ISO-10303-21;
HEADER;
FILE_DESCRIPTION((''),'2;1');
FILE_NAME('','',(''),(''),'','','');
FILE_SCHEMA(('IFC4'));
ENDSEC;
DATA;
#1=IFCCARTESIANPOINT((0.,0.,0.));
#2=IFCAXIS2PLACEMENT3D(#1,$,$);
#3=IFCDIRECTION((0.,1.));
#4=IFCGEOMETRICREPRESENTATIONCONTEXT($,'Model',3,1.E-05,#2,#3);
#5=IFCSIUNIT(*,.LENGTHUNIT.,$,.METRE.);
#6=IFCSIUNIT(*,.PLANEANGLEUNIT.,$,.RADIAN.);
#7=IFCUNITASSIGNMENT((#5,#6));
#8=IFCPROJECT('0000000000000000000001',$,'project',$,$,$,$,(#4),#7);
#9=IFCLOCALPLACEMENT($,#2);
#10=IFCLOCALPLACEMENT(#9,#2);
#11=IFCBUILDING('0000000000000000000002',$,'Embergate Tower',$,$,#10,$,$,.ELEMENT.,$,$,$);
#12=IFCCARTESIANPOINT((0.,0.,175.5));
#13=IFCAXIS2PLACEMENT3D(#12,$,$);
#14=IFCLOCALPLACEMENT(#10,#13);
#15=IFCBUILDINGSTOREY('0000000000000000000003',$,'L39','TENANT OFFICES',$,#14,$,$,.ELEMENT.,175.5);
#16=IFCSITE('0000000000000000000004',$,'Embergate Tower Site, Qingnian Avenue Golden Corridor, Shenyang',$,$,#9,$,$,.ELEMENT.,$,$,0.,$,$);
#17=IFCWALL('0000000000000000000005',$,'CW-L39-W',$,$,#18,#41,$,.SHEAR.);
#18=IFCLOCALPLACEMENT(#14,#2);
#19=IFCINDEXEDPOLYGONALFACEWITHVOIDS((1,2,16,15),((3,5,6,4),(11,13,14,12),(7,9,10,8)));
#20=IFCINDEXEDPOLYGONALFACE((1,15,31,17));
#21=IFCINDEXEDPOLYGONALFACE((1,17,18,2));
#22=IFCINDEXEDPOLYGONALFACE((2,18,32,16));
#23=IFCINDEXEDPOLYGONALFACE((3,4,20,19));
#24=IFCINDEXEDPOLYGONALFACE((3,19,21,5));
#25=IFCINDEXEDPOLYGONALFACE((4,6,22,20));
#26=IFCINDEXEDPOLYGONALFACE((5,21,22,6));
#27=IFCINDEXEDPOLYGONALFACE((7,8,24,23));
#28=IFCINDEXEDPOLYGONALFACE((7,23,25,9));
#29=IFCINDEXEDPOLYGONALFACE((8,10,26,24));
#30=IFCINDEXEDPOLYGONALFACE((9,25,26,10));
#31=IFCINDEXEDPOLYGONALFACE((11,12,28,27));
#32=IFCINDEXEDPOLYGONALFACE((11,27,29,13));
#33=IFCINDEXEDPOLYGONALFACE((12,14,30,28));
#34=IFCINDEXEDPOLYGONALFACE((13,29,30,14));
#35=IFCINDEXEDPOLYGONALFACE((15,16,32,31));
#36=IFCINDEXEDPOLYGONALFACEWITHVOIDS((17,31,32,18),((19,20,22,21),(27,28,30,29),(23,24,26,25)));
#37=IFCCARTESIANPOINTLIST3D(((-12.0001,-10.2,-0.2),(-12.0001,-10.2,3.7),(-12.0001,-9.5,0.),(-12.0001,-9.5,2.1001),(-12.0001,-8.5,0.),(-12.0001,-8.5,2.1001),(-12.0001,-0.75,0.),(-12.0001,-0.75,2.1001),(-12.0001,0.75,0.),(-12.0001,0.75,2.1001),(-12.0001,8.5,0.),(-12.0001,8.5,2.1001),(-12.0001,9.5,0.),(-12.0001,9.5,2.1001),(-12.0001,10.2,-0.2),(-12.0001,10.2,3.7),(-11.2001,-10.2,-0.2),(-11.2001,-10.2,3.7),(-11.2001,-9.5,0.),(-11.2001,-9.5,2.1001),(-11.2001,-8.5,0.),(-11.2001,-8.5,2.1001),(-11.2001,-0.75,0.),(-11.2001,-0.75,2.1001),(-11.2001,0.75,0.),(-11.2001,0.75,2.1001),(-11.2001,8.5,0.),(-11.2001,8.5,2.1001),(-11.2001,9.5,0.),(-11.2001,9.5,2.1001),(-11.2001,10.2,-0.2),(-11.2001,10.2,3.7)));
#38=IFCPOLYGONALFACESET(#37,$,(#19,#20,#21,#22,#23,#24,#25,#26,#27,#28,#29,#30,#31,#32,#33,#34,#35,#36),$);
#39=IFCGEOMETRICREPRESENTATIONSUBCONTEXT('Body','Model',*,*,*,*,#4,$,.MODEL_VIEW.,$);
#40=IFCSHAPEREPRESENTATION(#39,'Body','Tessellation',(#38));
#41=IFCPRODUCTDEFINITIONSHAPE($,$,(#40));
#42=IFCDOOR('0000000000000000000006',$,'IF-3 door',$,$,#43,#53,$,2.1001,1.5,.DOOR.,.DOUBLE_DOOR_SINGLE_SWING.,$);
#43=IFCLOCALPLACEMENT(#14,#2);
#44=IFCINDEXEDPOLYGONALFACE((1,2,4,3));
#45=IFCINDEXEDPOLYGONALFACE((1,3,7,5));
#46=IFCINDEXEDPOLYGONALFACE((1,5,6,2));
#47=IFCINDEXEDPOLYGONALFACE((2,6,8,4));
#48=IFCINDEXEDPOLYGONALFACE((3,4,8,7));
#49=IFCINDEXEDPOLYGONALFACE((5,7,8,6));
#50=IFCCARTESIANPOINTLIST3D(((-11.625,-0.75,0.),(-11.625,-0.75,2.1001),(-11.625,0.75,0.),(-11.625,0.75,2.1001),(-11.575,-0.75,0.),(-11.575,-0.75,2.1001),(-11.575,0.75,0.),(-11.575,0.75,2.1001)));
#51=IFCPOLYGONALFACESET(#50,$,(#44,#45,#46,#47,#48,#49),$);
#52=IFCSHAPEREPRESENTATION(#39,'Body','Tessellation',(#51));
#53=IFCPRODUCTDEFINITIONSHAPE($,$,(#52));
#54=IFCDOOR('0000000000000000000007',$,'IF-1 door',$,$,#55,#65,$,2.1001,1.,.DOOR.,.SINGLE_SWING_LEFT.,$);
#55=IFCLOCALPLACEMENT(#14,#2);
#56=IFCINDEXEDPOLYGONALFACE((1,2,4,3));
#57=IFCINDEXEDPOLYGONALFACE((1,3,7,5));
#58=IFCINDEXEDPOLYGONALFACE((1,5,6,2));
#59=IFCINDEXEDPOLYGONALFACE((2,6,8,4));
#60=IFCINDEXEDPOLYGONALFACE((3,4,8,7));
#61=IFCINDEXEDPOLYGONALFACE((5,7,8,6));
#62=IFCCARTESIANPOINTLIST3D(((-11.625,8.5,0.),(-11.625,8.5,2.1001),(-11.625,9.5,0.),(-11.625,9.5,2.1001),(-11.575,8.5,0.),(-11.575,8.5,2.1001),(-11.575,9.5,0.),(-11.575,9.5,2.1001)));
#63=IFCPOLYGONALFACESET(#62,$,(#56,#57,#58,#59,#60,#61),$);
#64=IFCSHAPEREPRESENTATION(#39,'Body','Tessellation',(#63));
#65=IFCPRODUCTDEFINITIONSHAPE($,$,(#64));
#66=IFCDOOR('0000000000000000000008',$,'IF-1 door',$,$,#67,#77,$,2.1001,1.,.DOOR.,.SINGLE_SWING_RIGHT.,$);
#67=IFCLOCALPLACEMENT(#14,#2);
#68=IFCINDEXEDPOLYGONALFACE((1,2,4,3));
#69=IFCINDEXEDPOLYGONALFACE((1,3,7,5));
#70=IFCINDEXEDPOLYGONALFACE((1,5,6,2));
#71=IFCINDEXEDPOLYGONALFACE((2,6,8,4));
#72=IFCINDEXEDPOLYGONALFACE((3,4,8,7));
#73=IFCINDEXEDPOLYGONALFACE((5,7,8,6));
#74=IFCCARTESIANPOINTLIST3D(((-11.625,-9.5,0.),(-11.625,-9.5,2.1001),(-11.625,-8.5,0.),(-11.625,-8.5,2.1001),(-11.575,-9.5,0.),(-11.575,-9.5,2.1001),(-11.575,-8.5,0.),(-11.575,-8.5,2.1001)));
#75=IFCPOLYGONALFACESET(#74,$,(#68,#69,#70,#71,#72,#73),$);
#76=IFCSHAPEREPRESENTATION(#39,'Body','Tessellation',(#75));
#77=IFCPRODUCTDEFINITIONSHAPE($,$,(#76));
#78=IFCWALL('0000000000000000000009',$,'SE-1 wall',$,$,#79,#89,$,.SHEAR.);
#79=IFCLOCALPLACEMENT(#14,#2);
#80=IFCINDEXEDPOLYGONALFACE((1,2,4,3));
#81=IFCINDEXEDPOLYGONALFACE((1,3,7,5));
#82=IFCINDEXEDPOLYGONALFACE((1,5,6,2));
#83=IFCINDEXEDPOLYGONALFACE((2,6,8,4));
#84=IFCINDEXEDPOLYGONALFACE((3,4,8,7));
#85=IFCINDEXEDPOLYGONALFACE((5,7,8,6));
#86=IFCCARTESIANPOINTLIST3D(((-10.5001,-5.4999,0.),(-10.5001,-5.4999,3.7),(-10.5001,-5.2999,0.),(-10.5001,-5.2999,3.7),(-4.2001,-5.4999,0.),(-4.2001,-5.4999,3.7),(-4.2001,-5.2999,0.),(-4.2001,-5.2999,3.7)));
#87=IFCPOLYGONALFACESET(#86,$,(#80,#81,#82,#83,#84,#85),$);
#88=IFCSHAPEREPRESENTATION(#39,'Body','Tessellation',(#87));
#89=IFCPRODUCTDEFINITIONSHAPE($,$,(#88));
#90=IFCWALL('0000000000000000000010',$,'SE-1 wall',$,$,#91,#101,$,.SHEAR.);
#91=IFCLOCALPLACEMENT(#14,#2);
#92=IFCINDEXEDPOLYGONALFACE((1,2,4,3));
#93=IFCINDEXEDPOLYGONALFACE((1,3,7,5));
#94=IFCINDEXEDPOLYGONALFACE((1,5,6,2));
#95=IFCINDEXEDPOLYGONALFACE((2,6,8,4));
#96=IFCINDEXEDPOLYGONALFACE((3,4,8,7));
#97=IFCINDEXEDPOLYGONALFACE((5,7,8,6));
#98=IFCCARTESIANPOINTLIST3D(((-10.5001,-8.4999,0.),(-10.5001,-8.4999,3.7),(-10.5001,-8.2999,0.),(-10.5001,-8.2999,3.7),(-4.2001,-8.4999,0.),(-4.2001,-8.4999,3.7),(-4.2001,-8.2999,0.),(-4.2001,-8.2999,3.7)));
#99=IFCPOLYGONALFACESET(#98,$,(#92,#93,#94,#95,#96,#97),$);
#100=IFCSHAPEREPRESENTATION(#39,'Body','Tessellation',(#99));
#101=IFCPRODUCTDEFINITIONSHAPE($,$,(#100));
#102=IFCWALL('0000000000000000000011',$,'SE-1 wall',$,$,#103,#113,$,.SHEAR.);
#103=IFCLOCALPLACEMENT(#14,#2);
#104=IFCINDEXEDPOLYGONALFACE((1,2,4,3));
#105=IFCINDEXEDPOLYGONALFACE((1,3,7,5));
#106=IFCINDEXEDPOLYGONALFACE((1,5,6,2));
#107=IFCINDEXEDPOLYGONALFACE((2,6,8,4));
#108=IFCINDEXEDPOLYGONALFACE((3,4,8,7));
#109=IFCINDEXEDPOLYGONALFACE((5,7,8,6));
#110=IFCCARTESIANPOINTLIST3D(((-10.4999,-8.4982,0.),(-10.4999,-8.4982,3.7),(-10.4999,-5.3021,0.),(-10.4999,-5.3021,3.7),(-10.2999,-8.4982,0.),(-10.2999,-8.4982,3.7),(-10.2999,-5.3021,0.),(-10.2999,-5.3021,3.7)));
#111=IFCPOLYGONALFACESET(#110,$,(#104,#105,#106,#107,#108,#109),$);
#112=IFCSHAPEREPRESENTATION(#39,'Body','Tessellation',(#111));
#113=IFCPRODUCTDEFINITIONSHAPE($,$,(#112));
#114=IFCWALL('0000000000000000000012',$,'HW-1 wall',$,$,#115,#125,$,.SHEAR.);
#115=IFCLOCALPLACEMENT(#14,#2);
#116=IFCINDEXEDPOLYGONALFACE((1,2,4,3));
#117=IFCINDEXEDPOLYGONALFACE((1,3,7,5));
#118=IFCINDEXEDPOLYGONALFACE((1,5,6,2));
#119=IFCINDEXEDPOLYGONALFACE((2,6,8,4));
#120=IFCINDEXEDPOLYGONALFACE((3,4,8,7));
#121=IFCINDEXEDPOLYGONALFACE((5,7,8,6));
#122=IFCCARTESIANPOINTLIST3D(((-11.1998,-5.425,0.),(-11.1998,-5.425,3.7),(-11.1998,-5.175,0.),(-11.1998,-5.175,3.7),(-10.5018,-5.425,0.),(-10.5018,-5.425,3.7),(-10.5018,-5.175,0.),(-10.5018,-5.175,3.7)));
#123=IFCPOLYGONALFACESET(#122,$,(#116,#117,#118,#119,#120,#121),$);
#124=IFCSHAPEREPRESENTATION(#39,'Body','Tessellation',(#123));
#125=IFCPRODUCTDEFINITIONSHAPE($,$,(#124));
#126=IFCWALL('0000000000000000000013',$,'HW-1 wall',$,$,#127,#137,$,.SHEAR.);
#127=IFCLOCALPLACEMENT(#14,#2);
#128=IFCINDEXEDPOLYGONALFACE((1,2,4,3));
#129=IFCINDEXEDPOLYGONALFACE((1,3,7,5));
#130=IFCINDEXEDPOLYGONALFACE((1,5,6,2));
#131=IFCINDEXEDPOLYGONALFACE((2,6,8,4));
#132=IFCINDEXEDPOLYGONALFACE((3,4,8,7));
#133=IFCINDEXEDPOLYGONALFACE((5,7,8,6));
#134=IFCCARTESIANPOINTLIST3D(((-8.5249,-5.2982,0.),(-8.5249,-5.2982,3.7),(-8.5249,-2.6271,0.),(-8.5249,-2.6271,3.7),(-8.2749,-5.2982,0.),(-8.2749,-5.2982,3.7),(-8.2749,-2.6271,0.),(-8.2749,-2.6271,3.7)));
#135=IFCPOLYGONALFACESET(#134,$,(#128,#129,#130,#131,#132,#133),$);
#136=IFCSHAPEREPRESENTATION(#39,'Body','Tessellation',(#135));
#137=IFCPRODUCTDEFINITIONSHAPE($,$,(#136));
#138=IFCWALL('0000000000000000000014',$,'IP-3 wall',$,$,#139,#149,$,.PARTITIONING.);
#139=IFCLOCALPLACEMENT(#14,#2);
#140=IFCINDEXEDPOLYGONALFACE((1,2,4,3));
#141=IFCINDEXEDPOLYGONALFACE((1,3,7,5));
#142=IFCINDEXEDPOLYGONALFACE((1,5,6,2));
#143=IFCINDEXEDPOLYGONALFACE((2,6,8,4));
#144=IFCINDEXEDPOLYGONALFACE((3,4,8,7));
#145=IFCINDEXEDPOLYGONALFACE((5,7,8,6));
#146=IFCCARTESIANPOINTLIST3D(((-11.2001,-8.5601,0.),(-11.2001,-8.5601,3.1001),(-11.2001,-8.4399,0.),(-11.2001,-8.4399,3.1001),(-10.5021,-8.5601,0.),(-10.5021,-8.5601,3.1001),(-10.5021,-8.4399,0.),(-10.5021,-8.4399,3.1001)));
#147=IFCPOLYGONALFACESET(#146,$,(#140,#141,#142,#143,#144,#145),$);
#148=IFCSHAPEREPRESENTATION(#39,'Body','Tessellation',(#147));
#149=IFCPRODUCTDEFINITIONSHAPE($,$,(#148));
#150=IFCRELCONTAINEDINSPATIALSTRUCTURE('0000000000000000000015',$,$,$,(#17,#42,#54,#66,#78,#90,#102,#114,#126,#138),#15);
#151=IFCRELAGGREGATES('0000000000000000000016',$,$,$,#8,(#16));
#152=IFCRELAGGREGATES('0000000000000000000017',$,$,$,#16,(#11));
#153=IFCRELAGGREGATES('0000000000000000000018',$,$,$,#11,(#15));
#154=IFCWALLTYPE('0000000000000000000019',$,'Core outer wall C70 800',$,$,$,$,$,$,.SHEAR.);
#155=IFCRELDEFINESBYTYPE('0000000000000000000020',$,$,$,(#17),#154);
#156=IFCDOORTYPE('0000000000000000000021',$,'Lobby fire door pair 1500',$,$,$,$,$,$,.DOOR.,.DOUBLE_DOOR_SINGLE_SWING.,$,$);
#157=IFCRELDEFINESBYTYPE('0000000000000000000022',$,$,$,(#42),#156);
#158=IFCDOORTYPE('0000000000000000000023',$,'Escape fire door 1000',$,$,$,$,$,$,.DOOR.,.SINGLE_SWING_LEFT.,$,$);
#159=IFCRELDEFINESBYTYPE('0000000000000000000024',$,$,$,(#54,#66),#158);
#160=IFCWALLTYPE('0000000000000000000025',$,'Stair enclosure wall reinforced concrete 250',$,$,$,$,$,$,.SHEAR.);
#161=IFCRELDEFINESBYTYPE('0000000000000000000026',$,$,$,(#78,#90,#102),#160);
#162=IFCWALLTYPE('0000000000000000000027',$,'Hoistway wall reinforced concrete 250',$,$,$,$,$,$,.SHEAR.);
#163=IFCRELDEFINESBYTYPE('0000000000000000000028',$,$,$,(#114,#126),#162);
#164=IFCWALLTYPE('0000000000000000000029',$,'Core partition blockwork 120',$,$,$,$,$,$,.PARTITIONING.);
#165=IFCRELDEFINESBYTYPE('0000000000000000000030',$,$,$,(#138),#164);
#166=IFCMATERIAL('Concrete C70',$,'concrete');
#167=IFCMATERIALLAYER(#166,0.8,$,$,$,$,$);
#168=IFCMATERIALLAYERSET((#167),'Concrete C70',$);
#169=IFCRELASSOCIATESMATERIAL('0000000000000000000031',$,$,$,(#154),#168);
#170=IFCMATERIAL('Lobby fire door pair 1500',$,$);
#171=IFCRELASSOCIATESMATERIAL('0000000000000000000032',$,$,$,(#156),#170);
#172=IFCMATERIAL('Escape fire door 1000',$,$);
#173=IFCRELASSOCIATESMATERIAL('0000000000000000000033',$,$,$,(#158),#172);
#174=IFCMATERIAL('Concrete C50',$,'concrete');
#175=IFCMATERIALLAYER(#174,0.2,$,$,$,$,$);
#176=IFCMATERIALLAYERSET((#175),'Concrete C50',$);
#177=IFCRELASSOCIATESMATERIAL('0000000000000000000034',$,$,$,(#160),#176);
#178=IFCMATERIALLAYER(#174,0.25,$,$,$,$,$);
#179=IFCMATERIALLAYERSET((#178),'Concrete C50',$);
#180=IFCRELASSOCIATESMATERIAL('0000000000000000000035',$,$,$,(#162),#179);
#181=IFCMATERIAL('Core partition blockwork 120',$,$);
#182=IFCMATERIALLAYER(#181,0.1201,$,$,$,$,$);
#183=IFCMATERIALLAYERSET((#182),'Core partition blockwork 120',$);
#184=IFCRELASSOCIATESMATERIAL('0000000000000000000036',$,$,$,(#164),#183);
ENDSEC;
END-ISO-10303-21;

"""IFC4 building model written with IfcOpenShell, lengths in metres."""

from ifc_helpers import new_model, si_unit, direction, frame, frame_2d, origin, place, context, subcontext, project, spatial, rectangle, extrude, source, transform, mapped, material, layer, layer_set, type_object, element, fill, save


model = new_model("IFC4")

# Units and contexts
model_context = context("Model", 3, precision=1e-05, world=origin(), true_north=direction((0.0, 1.0)))
body_context = subcontext(model_context, "Body", "Model", "MODEL_VIEW")
ifc_project = project(units=[si_unit("LENGTHUNIT", "METRE"), si_unit("PLANEANGLEUNIT", "RADIAN")], contexts=[model_context])

# Site, building, storey
site_placement = place(None, origin())
site = spatial("IfcSite", under=ifc_project, at=site_placement, Name="Embergate Tower Site, Qingnian Avenue Golden Corridor, Shenyang", CompositionType="ELEMENT", RefElevation=0.0)
building_placement = place(site_placement, origin())
building = spatial("IfcBuilding", under=site, at=building_placement, Name="Embergate Tower", CompositionType="ELEMENT")
storey_placement = place(building_placement, frame((0.0, 0.0, 175.5)))
storey = spatial("IfcBuildingStorey", under=building, at=storey_placement, Name="L39", Description="TENANT OFFICES", CompositionType="ELEMENT", Elevation=175.5)

# Wall, openings, doors
ifc_material_1 = material(Name="Concrete C70", Category="concrete")
ifc_layer_1 = layer(ifc_material_1, 0.8)
ifc_layer_set_1 = layer_set([ifc_layer_1], Name="Concrete C70")
wall_type_1 = type_object("IfcWallType", Name="Core outer wall C70 800", PredefinedType="SHEAR", material=ifc_layer_set_1)
shared_shape_1 = source(origin(), body_context, "Body", "SweptSolid", [
    extrude(rectangle(XDim=20.3999, YDim=0.8, at=frame_2d((10.2, 0.0))), origin(), (0.0, 0.0, 1.0), 3.8999),
])
wall_1_placement = place(storey_placement, frame((-11.6001, -10.2, -0.2), z_axis=(0.0, 0.0, 1.0), x_axis=(0.0, 1.0, 0.0)))
wall_1 = element("IfcWall", 1, at=wall_1_placement, inside=storey, type_object=wall_type_1, Name="CW-L39-W", PredefinedType="SHEAR", context=body_context, shape_type="MappedRepresentation", body=[
    mapped(shared_shape_1, transform((0.0, 0.0, 0.0))),
])
shared_shape_2 = source(origin(), body_context, "Body", "SweptSolid", [
    extrude(rectangle(XDim=1.0, YDim=2.1001, at=frame_2d((0.5, 1.05))), frame((0.0, 0.4099, 0.0), z_axis=(0.0, -1.0, 0.0), x_axis=(1.0, 0.0, 0.0)), (0.0, 0.0, 1.0), 0.8201),
])
opening_1_placement = place(wall_1_placement, frame((18.7, 0.0, 0.2)))
opening_1 = element("IfcOpeningElement", 2, at=opening_1_placement, cuts=wall_1, PredefinedType="OPENING", context=body_context, shape_type="MappedRepresentation", body=[
    mapped(shared_shape_2, transform((0.0, 0.0, 0.0))),
])
opening_2_placement = place(wall_1_placement, frame((0.7, 0.0, 0.2)))
opening_2 = element("IfcOpeningElement", 3, at=opening_2_placement, cuts=wall_1, PredefinedType="OPENING", context=body_context, shape_type="MappedRepresentation", body=[
    mapped(shared_shape_2, transform((0.0, 0.0, 0.0))),
])
shared_shape_3 = source(origin(), body_context, "Body", "SweptSolid", [
    extrude(rectangle(XDim=1.5, YDim=2.1001, at=frame_2d((0.75, 1.05))), frame((0.0, 0.4099, 0.0), z_axis=(0.0, -1.0, 0.0), x_axis=(1.0, 0.0, 0.0)), (0.0, 0.0, 1.0), 0.8201),
])
opening_3_placement = place(wall_1_placement, frame((9.45, 0.0, 0.2)))
opening_3 = element("IfcOpeningElement", 4, at=opening_3_placement, cuts=wall_1, PredefinedType="OPENING", context=body_context, shape_type="MappedRepresentation", body=[
    mapped(shared_shape_3, transform((0.0, 0.0, 0.0))),
])
ifc_material_2 = material(Name="Lobby fire door pair 1500")
door_type_1 = type_object("IfcDoorType", Name="Lobby fire door pair 1500", OperationType="DOUBLE_DOOR_SINGLE_SWING", PredefinedType="DOOR", material=ifc_material_2)
shared_shape_4 = source(origin(), body_context, "Body", "SweptSolid", [
    extrude(rectangle(XDim=1.5, YDim=2.1001, at=frame_2d((0.75, 1.05))), frame((0.0, 0.0249, 0.0), z_axis=(0.0, -1.0, 0.0), x_axis=(1.0, 0.0, 0.0)), (0.0, 0.0, 1.0), 0.05),
])
door_1_placement = place(opening_3_placement, origin())
door_1 = element("IfcDoor", 5, at=door_1_placement, inside=storey, type_object=door_type_1, Name="IF-3 door", OperationType="DOUBLE_DOOR_SINGLE_SWING", OverallHeight=2.1001, OverallWidth=1.5, PredefinedType="DOOR", context=body_context, shape_type="MappedRepresentation", body=[
    mapped(shared_shape_4, transform((0.0, 0.0, 0.0))),
])
fill(opening_3, door_1)
ifc_material_3 = material(Name="Escape fire door 1000")
door_type_2 = type_object("IfcDoorType", Name="Escape fire door 1000", OperationType="SINGLE_SWING_LEFT", PredefinedType="DOOR", material=ifc_material_3)
shared_shape_5 = source(origin(), body_context, "Body", "SweptSolid", [
    extrude(rectangle(XDim=1.0, YDim=2.1001, at=frame_2d((0.5, 1.05))), frame((0.0, 0.0249, 0.0), z_axis=(0.0, -1.0, 0.0), x_axis=(1.0, 0.0, 0.0)), (0.0, 0.0, 1.0), 0.05),
])
door_2_placement = place(opening_1_placement, origin())
door_2 = element("IfcDoor", 6, at=door_2_placement, inside=storey, type_object=door_type_2, Name="IF-1 door", OperationType="SINGLE_SWING_LEFT", OverallHeight=2.1001, OverallWidth=1.0, PredefinedType="DOOR", context=body_context, shape_type="MappedRepresentation", body=[
    mapped(shared_shape_5, transform((0.0, 0.0, 0.0))),
])
fill(opening_1, door_2)
door_3_placement = place(opening_2_placement, origin())
door_3 = element("IfcDoor", 7, at=door_3_placement, inside=storey, type_object=door_type_2, Name="IF-1 door", OperationType="SINGLE_SWING_RIGHT", OverallHeight=2.1001, OverallWidth=1.0, PredefinedType="DOOR", context=body_context, shape_type="MappedRepresentation", body=[
    mapped(shared_shape_5, transform((0.0, 0.0, 0.0))),
])
fill(opening_2, door_3)

# Walls
ifc_material_4 = material(Name="Concrete C50", Category="concrete")
ifc_layer_2 = layer(ifc_material_4, 0.2)
ifc_layer_set_2 = layer_set([ifc_layer_2], Name="Concrete C50")
wall_type_2 = type_object("IfcWallType", Name="Stair enclosure wall reinforced concrete 250", PredefinedType="SHEAR", material=ifc_layer_set_2)
shared_shape_6 = source(origin(), body_context, "Body", "SweptSolid", [
    extrude(rectangle(XDim=6.3, YDim=0.2, at=frame_2d((3.1499, 0.0))), origin(), (0.0, 0.0, 1.0), 3.7),
])
for number, where, z_axis, x_axis, name in (
    (8, (-10.5, -5.3999, 0.0), (0.0, 0.0, 1.0), (1.0, 0.0, 0.0), "SE-1 wall"),
    (9, (-10.5, -8.3999, 0.0), (0.0, 0.0, 1.0), (1.0, 0.0, 0.0), "SE-1 wall"),
):
    element("IfcWall", number, at=place(storey_placement, frame(where, z_axis=z_axis, x_axis=x_axis)), inside=storey, type_object=wall_type_2, Name=name, PredefinedType="SHEAR", context=body_context, shape_type="MappedRepresentation", body=[
        mapped(shared_shape_6, transform((0.0, 0.0, 0.0))),
    ])
shared_shape_7 = source(origin(), body_context, "Body", "SweptSolid", [
    extrude(rectangle(XDim=3.196, YDim=0.2, at=frame_2d((1.5981, 0.0))), origin(), (0.0, 0.0, 1.0), 3.7),
])
wall_2_placement = place(storey_placement, frame((-10.3999, -5.302, 0.0), z_axis=(0.0, 0.0, 1.0), x_axis=(0.0, -1.0, 0.0)))
element("IfcWall", 10, at=wall_2_placement, inside=storey, type_object=wall_type_2, Name="SE-1 wall", PredefinedType="SHEAR", context=body_context, shape_type="MappedRepresentation", body=[
    mapped(shared_shape_7, transform((0.0, 0.0, 0.0))),
])
ifc_layer_3 = layer(ifc_material_4, 0.25)
ifc_layer_set_3 = layer_set([ifc_layer_3], Name="Concrete C50")
wall_type_3 = type_object("IfcWallType", Name="Hoistway wall reinforced concrete 250", PredefinedType="SHEAR", material=ifc_layer_set_3)
shared_shape_8 = source(origin(), body_context, "Body", "SweptSolid", [
    extrude(rectangle(XDim=0.698, YDim=0.25, at=frame_2d((0.3491, 0.0))), origin(), (0.0, 0.0, 1.0), 3.7),
])
wall_3_placement = place(storey_placement, frame((-11.2, -5.3, 0.0), z_axis=(0.0, 0.0, 1.0), x_axis=(1.0, 0.0, 0.0)))
element("IfcWall", 11, at=wall_3_placement, inside=storey, type_object=wall_type_3, Name="HW-1 wall", PredefinedType="SHEAR", context=body_context, shape_type="MappedRepresentation", body=[
    mapped(shared_shape_8, transform((0.0, 0.0, 0.0))),
])
shared_shape_9 = source(origin(), body_context, "Body", "SweptSolid", [
    extrude(rectangle(XDim=2.6711, YDim=0.25, at=frame_2d((1.3354, 0.0))), origin(), (0.0, 0.0, 1.0), 3.7),
])
wall_4_placement = place(storey_placement, frame((-8.3999, -5.2981, 0.0), z_axis=(0.0, 0.0, 1.0), x_axis=(0.0, 1.0, 0.0)))
element("IfcWall", 12, at=wall_4_placement, inside=storey, type_object=wall_type_3, Name="HW-1 wall", PredefinedType="SHEAR", context=body_context, shape_type="MappedRepresentation", body=[
    mapped(shared_shape_9, transform((0.0, 0.0, 0.0))),
])
ifc_material_5 = material(Name="Core partition blockwork 120")
ifc_layer_4 = layer(ifc_material_5, 0.1201)
ifc_layer_set_4 = layer_set([ifc_layer_4], Name="Core partition blockwork 120")
wall_type_4 = type_object("IfcWallType", Name="Core partition blockwork 120", PredefinedType="PARTITIONING", material=ifc_layer_set_4)
shared_shape_10 = source(origin(), body_context, "Body", "SweptSolid", [
    extrude(rectangle(XDim=0.698, YDim=0.1201, at=frame_2d((0.3491, 0.0))), origin(), (0.0, 0.0, 1.0), 3.1001),
])
wall_5_placement = place(storey_placement, frame((-10.502, -8.5, 0.0), z_axis=(0.0, 0.0, 1.0), x_axis=(-1.0, 0.0, 0.0)))
element("IfcWall", 13, at=wall_5_placement, inside=storey, type_object=wall_type_4, Name="IP-3 wall", PredefinedType="PARTITIONING", context=body_context, shape_type="MappedRepresentation", body=[
    mapped(shared_shape_10, transform((0.0, 0.0, 0.0))),
])

save(model, "model.ifc")
